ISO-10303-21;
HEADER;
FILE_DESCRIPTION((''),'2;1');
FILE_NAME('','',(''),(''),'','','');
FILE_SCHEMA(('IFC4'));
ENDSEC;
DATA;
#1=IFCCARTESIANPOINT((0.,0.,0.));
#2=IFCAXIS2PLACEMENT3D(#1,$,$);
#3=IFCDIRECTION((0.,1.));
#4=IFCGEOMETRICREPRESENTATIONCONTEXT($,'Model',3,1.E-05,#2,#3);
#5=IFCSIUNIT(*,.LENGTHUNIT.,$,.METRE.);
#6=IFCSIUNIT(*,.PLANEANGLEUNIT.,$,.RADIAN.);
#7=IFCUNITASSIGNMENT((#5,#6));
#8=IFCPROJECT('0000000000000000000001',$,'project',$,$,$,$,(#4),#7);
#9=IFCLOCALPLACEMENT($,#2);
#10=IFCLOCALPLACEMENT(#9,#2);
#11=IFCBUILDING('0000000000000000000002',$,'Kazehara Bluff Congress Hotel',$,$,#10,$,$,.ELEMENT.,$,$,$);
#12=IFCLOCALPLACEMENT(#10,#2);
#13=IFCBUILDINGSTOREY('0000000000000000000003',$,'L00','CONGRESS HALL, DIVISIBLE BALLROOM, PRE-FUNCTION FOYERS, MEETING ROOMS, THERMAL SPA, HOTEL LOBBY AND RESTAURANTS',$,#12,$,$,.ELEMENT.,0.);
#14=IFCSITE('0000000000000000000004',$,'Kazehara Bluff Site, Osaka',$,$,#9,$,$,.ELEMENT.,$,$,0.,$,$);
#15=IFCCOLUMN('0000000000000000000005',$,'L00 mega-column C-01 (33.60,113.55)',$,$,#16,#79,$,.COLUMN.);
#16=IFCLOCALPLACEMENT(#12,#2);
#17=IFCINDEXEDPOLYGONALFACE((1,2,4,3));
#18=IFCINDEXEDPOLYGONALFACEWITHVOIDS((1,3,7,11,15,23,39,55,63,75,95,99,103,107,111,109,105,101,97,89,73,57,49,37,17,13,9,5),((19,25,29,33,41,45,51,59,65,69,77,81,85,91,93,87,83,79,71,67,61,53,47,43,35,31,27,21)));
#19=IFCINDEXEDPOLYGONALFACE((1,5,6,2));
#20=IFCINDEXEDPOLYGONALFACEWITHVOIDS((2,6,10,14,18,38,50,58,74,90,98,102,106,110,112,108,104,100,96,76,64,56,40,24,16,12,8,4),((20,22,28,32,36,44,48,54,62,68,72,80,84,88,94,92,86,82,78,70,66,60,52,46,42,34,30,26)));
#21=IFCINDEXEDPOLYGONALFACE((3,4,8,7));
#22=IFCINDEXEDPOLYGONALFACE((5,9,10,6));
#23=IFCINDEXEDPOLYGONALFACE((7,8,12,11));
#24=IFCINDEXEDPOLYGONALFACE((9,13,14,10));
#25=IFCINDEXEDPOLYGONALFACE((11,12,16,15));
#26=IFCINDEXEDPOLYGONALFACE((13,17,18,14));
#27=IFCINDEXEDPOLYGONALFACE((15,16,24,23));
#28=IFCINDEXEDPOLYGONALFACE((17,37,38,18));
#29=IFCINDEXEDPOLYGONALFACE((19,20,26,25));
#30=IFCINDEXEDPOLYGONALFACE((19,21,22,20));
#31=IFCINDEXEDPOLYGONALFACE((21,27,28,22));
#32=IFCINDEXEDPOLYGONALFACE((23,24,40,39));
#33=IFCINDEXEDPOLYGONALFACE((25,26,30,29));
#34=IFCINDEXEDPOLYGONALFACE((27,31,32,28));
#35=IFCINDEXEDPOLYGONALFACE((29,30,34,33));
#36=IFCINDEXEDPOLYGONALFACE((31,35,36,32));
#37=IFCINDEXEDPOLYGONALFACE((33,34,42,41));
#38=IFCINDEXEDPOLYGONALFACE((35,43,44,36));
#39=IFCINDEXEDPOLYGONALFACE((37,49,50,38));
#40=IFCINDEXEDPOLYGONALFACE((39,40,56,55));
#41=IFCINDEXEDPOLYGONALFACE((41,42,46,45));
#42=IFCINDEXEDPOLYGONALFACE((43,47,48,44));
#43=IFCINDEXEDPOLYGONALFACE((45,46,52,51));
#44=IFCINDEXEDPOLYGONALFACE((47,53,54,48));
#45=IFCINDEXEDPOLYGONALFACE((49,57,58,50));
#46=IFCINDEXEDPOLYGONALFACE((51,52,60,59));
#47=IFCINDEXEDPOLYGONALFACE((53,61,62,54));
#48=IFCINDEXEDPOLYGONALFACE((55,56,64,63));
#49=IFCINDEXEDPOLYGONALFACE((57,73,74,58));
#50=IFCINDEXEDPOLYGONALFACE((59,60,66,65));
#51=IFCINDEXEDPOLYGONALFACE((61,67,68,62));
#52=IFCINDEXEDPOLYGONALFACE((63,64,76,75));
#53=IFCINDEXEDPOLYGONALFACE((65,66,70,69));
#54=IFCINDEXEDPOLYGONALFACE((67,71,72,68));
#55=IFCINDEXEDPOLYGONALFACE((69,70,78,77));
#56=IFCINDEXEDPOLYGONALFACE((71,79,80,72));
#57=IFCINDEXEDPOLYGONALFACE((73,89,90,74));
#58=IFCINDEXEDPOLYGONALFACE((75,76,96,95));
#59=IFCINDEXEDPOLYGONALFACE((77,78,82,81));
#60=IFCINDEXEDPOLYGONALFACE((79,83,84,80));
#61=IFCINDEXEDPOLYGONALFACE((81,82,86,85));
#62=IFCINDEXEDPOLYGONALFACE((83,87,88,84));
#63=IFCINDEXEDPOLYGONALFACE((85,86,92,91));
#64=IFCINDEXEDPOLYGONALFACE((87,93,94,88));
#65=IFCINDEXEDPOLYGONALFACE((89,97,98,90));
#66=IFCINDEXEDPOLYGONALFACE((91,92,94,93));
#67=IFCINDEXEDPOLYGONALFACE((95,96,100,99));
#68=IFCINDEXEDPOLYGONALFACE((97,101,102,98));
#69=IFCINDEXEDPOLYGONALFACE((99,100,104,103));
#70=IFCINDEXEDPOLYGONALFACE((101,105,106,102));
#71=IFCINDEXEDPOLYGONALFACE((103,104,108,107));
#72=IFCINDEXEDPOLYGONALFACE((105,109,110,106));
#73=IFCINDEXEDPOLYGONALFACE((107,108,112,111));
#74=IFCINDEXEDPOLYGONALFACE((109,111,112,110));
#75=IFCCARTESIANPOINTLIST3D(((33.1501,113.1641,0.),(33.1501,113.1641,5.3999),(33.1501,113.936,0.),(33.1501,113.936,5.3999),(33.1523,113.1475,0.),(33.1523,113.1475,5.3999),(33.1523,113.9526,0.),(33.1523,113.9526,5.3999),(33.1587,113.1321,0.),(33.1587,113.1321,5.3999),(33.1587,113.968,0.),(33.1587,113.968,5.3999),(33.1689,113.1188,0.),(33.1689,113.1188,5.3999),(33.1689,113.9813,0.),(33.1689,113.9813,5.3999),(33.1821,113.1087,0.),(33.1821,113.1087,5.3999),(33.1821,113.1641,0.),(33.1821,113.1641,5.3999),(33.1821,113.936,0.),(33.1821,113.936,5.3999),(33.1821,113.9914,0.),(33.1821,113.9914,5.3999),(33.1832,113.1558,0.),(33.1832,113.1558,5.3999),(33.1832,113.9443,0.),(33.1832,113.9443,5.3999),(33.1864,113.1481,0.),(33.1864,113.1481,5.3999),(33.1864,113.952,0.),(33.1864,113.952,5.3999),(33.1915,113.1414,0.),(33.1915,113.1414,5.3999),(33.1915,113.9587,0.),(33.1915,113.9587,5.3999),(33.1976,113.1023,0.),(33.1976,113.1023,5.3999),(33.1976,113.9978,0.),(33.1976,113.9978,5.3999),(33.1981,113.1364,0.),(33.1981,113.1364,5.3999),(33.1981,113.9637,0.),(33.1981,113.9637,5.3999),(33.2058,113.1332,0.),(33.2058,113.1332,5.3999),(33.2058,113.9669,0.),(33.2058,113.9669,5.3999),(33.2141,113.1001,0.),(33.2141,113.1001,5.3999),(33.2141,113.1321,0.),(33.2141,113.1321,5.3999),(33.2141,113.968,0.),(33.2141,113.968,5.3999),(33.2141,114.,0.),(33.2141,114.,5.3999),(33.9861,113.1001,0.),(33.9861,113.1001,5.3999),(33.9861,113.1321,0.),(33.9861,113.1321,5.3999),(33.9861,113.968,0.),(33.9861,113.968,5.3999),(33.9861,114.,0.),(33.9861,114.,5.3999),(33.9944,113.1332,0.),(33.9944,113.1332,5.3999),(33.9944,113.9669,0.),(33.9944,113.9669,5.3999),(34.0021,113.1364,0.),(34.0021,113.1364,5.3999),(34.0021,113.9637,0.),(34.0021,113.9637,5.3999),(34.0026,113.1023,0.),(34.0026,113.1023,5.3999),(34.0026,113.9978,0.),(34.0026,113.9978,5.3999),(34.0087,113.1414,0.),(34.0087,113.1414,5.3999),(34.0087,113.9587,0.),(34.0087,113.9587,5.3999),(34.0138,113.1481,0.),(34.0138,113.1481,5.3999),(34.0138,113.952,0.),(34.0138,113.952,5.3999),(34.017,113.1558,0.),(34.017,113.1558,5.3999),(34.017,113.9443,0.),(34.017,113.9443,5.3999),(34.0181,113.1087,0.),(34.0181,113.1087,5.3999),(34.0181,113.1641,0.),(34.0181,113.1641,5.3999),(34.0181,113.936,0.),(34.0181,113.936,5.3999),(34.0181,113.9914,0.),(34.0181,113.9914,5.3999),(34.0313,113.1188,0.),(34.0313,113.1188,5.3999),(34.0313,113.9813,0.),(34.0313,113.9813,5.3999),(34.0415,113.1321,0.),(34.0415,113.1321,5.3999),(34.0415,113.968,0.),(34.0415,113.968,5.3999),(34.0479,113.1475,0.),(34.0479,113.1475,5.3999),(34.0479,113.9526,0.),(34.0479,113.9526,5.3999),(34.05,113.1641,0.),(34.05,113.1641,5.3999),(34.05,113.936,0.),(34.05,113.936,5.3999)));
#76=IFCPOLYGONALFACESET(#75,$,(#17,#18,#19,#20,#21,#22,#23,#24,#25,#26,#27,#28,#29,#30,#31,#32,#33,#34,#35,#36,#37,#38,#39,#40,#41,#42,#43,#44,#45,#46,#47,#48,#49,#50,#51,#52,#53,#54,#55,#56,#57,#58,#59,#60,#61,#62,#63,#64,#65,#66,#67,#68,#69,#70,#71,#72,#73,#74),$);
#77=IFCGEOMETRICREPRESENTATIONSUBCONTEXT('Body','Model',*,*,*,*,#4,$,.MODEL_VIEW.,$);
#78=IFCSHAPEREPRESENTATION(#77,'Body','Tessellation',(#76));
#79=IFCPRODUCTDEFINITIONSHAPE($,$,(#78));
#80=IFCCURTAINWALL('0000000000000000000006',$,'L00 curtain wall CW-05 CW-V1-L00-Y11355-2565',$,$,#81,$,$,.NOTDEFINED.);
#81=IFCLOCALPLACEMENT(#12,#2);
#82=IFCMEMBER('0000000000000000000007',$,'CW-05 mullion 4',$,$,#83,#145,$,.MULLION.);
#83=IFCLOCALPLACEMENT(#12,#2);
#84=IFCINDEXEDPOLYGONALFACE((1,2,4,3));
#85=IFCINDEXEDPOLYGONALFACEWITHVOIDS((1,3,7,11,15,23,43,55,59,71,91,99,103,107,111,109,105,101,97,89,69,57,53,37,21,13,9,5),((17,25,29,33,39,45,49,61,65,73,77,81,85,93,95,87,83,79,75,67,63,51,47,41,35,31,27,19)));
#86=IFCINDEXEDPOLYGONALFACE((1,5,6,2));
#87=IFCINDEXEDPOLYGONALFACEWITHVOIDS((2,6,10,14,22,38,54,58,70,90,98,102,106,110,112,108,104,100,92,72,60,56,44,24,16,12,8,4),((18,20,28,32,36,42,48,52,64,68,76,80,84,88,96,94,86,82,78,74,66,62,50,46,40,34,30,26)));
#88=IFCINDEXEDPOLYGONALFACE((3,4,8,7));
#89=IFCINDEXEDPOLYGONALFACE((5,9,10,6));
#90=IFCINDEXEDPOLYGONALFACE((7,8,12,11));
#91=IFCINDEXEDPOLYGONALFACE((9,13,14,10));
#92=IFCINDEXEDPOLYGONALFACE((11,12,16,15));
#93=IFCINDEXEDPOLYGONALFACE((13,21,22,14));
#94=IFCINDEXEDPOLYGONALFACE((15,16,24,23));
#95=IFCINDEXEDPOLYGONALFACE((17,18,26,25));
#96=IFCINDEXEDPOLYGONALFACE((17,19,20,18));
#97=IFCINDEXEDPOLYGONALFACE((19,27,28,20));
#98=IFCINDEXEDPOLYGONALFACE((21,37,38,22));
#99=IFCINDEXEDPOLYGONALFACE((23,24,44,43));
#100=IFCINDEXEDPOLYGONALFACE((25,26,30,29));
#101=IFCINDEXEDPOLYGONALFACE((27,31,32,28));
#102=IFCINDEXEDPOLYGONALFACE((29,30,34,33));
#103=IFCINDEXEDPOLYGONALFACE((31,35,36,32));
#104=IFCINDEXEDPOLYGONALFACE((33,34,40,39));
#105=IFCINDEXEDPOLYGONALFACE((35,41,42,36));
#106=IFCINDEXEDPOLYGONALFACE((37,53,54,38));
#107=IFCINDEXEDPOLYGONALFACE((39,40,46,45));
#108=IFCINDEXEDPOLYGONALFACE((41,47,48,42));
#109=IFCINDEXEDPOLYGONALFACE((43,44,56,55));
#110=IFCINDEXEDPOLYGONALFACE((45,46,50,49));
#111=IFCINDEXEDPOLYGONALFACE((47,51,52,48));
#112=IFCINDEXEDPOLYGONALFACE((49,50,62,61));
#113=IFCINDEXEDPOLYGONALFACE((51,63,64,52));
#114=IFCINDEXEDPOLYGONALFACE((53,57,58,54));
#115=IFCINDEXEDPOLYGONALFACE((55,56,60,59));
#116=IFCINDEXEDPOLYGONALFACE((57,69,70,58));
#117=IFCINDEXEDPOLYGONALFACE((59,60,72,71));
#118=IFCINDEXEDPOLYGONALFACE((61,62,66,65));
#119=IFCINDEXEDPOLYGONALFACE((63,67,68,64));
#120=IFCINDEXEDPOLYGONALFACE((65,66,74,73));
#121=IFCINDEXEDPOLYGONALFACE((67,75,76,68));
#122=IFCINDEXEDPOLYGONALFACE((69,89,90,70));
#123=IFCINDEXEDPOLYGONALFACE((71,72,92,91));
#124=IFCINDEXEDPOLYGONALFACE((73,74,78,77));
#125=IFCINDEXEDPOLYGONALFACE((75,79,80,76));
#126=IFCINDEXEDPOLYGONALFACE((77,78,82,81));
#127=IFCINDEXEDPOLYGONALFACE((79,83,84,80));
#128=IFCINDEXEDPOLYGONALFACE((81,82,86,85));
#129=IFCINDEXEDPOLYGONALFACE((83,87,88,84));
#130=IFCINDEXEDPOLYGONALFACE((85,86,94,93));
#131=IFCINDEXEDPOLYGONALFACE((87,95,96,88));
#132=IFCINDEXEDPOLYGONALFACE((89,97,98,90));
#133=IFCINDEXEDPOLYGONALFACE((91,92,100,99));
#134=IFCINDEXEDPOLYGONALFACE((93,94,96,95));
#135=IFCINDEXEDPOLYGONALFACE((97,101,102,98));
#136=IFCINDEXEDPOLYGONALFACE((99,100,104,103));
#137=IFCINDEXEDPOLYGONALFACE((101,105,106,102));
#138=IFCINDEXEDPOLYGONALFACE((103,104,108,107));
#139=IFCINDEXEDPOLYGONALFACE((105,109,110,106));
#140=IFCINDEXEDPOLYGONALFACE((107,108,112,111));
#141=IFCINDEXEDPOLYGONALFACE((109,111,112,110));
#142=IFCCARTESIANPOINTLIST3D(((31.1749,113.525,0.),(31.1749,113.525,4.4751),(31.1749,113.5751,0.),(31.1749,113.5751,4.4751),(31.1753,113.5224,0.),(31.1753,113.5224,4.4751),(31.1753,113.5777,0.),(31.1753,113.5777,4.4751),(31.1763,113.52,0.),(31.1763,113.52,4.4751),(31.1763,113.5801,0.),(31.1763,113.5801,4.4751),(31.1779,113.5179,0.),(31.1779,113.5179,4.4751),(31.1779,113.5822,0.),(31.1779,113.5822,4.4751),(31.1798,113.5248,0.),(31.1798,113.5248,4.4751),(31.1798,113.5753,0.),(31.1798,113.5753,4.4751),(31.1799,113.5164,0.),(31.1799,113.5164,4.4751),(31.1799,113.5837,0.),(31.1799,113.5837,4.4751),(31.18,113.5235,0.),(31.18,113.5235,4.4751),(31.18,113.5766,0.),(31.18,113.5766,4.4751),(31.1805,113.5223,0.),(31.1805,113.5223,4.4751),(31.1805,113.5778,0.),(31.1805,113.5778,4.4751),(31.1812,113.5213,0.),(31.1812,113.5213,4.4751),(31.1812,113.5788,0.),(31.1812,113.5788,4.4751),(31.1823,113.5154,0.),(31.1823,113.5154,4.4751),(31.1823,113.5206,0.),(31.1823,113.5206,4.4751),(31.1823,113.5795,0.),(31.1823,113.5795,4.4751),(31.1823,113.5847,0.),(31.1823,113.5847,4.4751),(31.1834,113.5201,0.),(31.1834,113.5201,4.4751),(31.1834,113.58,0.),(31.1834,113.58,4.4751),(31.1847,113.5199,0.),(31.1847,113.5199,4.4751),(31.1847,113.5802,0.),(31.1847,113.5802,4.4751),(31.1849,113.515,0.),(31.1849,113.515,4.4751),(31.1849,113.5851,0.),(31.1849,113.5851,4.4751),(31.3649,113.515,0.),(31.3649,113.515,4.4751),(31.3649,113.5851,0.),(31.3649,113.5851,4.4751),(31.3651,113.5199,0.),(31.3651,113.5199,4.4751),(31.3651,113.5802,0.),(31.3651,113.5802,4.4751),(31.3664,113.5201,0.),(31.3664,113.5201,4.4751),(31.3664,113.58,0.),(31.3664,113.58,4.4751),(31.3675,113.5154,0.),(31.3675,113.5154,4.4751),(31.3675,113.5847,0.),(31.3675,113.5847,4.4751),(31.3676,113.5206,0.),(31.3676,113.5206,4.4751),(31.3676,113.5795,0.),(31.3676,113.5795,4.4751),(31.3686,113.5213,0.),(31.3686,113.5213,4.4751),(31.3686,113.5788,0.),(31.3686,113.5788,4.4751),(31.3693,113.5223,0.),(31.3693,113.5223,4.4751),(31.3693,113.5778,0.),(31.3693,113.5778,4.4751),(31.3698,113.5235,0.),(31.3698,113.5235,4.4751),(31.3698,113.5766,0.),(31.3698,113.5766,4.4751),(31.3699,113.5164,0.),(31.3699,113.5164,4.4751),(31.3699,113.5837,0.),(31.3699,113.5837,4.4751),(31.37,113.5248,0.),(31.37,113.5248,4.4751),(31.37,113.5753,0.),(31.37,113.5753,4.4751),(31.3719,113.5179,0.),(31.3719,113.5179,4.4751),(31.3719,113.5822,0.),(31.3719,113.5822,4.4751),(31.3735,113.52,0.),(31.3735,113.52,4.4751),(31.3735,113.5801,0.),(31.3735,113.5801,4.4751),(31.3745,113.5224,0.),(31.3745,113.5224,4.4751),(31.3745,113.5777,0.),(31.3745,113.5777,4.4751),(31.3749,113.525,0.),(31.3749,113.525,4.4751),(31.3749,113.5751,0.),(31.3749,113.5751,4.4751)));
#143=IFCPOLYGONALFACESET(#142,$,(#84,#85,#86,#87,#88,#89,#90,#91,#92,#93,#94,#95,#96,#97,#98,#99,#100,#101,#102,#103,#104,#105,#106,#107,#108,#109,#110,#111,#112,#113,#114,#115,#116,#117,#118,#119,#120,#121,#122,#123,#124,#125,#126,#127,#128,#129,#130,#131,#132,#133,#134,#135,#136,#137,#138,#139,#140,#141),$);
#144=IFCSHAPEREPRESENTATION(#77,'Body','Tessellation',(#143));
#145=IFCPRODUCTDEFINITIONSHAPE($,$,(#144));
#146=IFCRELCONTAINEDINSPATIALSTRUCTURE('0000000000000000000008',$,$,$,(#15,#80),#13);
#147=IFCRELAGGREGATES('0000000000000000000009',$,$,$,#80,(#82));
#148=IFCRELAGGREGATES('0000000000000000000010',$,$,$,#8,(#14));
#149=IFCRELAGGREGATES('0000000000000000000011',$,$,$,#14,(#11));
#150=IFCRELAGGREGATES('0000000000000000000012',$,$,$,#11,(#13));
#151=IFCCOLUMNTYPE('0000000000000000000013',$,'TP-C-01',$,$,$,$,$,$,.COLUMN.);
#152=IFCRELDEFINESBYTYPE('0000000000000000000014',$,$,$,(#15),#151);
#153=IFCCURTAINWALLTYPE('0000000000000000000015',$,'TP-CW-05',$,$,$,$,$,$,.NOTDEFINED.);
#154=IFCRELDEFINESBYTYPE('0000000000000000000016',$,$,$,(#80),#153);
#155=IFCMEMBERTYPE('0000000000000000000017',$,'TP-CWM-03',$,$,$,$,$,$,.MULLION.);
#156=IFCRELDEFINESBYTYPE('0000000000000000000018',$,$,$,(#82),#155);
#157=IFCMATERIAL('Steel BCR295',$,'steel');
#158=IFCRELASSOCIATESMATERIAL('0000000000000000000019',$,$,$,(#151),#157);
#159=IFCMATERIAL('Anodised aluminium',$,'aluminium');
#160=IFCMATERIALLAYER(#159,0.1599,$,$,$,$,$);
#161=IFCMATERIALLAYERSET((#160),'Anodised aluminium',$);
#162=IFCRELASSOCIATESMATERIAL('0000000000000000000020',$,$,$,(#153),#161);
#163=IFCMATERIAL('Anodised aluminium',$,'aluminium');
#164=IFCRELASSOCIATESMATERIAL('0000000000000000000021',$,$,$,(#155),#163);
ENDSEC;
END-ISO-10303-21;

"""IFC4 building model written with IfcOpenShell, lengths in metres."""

from ifc_helpers import new_model, si_unit, direction, frame, origin, origin_2d, place, context, subcontext, project, spatial, hollow_rectangle, extrude, material, layer, layer_set, material_profile, profile_set, type_object, element, aggregate, save


model = new_model("IFC4")

# Units and contexts
model_context = context("Model", 3, precision=1e-05, world=origin(), true_north=direction((0.0, 1.0)))
body_context = subcontext(model_context, "Body", "Model", "MODEL_VIEW")
ifc_project = project(units=[si_unit("LENGTHUNIT", "METRE"), si_unit("PLANEANGLEUNIT", "RADIAN")], contexts=[model_context])

# Site, building, storey
site_placement = place(None, origin())
site = spatial("IfcSite", under=ifc_project, at=site_placement, Name="Kazehara Bluff Site, Osaka", CompositionType="ELEMENT", RefElevation=0.0)
building_placement = place(site_placement, origin())
building = spatial("IfcBuilding", under=site, at=building_placement, Name="Kazehara Bluff Congress Hotel", CompositionType="ELEMENT")
storey_placement = place(building_placement, origin())
storey = spatial("IfcBuildingStorey", under=building, at=storey_placement, Name="L00", Description="CONGRESS HALL, DIVISIBLE BALLROOM, PRE-FUNCTION FOYERS, MEETING ROOMS, THERMAL SPA, HOTEL LOBBY AND RESTAURANTS", CompositionType="ELEMENT", Elevation=0.0)

# Column
ifc_material_1 = material(Name="Steel BCR295", Category="steel")
ifc_material_profile_1 = material_profile(ifc_material_1, hollow_rectangle(XDim=0.8999, YDim=0.8999, WallThickness=0.032, InnerFilletRadius=0.032, OuterFilletRadius=0.064, at=origin_2d()))
ifc_profile_set_1 = profile_set([ifc_material_profile_1], Name="Steel BCR295")
column_type = type_object("IfcColumnType", Name="TP-C-01", PredefinedType="COLUMN", material=ifc_profile_set_1)
column_placement = place(storey_placement, frame((33.6001, 113.55, 0.0), z_axis=(0.0, 0.0, 1.0), x_axis=(1.0, 0.0, 0.0)))
element("IfcColumn", 1, at=column_placement, inside=storey, type_object=column_type, Name="L00 mega-column C-01 (33.60,113.55)", PredefinedType="COLUMN", context=body_context, shape_type="SweptSolid", body=[
    extrude(hollow_rectangle(XDim=0.8999, YDim=0.8999, WallThickness=0.032, InnerFilletRadius=0.032, OuterFilletRadius=0.064, at=origin_2d()), origin(), (0.0, 0.0, 1.0), 5.3999),
])

# Curtain wall, member
ifc_material_2 = material(Name="Anodised aluminium", Category="aluminium")
ifc_layer_1 = layer(ifc_material_2, 0.1599)
ifc_layer_set_1 = layer_set([ifc_layer_1], Name="Anodised aluminium")
curtain_wall_type = type_object("IfcCurtainWallType", Name="TP-CW-05", PredefinedType="NOTDEFINED", material=ifc_layer_set_1)
curtain_wall_1_placement = place(storey_placement, origin())
curtain_wall_1 = element("IfcCurtainWall", 2, at=curtain_wall_1_placement, inside=storey, type_object=curtain_wall_type, Name="L00 curtain wall CW-05 CW-V1-L00-Y11355-2565", PredefinedType="NOTDEFINED")
ifc_material_3 = material(Name="Anodised aluminium", Category="aluminium")
ifc_material_profile_2 = material_profile(ifc_material_3, hollow_rectangle(XDim=0.0701, YDim=0.2, WallThickness=0.0049, InnerFilletRadius=0.0049, OuterFilletRadius=0.01, at=origin_2d()))
ifc_profile_set_2 = profile_set([ifc_material_profile_2], Name="Anodised aluminium")
member_type_1 = type_object("IfcMemberType", Name="TP-CWM-03", PredefinedType="MULLION", material=ifc_profile_set_2)
member_1_placement = place(storey_placement, frame((31.2749, 113.55, 0.0), z_axis=(0.0, 0.0, 1.0), x_axis=(0.0, 1.0, 0.0)))
member_1 = element("IfcMember", 3, at=member_1_placement, type_object=member_type_1, Name="CW-05 mullion 4", PredefinedType="MULLION", context=body_context, shape_type="SweptSolid", body=[
    extrude(hollow_rectangle(XDim=0.0701, YDim=0.2, WallThickness=0.0049, InnerFilletRadius=0.0049, OuterFilletRadius=0.01, at=origin_2d()), origin(), (0.0, 0.0, 1.0), 4.4751),
])

aggregate(curtain_wall_1, [member_1])

save(model, "model.ifc")
